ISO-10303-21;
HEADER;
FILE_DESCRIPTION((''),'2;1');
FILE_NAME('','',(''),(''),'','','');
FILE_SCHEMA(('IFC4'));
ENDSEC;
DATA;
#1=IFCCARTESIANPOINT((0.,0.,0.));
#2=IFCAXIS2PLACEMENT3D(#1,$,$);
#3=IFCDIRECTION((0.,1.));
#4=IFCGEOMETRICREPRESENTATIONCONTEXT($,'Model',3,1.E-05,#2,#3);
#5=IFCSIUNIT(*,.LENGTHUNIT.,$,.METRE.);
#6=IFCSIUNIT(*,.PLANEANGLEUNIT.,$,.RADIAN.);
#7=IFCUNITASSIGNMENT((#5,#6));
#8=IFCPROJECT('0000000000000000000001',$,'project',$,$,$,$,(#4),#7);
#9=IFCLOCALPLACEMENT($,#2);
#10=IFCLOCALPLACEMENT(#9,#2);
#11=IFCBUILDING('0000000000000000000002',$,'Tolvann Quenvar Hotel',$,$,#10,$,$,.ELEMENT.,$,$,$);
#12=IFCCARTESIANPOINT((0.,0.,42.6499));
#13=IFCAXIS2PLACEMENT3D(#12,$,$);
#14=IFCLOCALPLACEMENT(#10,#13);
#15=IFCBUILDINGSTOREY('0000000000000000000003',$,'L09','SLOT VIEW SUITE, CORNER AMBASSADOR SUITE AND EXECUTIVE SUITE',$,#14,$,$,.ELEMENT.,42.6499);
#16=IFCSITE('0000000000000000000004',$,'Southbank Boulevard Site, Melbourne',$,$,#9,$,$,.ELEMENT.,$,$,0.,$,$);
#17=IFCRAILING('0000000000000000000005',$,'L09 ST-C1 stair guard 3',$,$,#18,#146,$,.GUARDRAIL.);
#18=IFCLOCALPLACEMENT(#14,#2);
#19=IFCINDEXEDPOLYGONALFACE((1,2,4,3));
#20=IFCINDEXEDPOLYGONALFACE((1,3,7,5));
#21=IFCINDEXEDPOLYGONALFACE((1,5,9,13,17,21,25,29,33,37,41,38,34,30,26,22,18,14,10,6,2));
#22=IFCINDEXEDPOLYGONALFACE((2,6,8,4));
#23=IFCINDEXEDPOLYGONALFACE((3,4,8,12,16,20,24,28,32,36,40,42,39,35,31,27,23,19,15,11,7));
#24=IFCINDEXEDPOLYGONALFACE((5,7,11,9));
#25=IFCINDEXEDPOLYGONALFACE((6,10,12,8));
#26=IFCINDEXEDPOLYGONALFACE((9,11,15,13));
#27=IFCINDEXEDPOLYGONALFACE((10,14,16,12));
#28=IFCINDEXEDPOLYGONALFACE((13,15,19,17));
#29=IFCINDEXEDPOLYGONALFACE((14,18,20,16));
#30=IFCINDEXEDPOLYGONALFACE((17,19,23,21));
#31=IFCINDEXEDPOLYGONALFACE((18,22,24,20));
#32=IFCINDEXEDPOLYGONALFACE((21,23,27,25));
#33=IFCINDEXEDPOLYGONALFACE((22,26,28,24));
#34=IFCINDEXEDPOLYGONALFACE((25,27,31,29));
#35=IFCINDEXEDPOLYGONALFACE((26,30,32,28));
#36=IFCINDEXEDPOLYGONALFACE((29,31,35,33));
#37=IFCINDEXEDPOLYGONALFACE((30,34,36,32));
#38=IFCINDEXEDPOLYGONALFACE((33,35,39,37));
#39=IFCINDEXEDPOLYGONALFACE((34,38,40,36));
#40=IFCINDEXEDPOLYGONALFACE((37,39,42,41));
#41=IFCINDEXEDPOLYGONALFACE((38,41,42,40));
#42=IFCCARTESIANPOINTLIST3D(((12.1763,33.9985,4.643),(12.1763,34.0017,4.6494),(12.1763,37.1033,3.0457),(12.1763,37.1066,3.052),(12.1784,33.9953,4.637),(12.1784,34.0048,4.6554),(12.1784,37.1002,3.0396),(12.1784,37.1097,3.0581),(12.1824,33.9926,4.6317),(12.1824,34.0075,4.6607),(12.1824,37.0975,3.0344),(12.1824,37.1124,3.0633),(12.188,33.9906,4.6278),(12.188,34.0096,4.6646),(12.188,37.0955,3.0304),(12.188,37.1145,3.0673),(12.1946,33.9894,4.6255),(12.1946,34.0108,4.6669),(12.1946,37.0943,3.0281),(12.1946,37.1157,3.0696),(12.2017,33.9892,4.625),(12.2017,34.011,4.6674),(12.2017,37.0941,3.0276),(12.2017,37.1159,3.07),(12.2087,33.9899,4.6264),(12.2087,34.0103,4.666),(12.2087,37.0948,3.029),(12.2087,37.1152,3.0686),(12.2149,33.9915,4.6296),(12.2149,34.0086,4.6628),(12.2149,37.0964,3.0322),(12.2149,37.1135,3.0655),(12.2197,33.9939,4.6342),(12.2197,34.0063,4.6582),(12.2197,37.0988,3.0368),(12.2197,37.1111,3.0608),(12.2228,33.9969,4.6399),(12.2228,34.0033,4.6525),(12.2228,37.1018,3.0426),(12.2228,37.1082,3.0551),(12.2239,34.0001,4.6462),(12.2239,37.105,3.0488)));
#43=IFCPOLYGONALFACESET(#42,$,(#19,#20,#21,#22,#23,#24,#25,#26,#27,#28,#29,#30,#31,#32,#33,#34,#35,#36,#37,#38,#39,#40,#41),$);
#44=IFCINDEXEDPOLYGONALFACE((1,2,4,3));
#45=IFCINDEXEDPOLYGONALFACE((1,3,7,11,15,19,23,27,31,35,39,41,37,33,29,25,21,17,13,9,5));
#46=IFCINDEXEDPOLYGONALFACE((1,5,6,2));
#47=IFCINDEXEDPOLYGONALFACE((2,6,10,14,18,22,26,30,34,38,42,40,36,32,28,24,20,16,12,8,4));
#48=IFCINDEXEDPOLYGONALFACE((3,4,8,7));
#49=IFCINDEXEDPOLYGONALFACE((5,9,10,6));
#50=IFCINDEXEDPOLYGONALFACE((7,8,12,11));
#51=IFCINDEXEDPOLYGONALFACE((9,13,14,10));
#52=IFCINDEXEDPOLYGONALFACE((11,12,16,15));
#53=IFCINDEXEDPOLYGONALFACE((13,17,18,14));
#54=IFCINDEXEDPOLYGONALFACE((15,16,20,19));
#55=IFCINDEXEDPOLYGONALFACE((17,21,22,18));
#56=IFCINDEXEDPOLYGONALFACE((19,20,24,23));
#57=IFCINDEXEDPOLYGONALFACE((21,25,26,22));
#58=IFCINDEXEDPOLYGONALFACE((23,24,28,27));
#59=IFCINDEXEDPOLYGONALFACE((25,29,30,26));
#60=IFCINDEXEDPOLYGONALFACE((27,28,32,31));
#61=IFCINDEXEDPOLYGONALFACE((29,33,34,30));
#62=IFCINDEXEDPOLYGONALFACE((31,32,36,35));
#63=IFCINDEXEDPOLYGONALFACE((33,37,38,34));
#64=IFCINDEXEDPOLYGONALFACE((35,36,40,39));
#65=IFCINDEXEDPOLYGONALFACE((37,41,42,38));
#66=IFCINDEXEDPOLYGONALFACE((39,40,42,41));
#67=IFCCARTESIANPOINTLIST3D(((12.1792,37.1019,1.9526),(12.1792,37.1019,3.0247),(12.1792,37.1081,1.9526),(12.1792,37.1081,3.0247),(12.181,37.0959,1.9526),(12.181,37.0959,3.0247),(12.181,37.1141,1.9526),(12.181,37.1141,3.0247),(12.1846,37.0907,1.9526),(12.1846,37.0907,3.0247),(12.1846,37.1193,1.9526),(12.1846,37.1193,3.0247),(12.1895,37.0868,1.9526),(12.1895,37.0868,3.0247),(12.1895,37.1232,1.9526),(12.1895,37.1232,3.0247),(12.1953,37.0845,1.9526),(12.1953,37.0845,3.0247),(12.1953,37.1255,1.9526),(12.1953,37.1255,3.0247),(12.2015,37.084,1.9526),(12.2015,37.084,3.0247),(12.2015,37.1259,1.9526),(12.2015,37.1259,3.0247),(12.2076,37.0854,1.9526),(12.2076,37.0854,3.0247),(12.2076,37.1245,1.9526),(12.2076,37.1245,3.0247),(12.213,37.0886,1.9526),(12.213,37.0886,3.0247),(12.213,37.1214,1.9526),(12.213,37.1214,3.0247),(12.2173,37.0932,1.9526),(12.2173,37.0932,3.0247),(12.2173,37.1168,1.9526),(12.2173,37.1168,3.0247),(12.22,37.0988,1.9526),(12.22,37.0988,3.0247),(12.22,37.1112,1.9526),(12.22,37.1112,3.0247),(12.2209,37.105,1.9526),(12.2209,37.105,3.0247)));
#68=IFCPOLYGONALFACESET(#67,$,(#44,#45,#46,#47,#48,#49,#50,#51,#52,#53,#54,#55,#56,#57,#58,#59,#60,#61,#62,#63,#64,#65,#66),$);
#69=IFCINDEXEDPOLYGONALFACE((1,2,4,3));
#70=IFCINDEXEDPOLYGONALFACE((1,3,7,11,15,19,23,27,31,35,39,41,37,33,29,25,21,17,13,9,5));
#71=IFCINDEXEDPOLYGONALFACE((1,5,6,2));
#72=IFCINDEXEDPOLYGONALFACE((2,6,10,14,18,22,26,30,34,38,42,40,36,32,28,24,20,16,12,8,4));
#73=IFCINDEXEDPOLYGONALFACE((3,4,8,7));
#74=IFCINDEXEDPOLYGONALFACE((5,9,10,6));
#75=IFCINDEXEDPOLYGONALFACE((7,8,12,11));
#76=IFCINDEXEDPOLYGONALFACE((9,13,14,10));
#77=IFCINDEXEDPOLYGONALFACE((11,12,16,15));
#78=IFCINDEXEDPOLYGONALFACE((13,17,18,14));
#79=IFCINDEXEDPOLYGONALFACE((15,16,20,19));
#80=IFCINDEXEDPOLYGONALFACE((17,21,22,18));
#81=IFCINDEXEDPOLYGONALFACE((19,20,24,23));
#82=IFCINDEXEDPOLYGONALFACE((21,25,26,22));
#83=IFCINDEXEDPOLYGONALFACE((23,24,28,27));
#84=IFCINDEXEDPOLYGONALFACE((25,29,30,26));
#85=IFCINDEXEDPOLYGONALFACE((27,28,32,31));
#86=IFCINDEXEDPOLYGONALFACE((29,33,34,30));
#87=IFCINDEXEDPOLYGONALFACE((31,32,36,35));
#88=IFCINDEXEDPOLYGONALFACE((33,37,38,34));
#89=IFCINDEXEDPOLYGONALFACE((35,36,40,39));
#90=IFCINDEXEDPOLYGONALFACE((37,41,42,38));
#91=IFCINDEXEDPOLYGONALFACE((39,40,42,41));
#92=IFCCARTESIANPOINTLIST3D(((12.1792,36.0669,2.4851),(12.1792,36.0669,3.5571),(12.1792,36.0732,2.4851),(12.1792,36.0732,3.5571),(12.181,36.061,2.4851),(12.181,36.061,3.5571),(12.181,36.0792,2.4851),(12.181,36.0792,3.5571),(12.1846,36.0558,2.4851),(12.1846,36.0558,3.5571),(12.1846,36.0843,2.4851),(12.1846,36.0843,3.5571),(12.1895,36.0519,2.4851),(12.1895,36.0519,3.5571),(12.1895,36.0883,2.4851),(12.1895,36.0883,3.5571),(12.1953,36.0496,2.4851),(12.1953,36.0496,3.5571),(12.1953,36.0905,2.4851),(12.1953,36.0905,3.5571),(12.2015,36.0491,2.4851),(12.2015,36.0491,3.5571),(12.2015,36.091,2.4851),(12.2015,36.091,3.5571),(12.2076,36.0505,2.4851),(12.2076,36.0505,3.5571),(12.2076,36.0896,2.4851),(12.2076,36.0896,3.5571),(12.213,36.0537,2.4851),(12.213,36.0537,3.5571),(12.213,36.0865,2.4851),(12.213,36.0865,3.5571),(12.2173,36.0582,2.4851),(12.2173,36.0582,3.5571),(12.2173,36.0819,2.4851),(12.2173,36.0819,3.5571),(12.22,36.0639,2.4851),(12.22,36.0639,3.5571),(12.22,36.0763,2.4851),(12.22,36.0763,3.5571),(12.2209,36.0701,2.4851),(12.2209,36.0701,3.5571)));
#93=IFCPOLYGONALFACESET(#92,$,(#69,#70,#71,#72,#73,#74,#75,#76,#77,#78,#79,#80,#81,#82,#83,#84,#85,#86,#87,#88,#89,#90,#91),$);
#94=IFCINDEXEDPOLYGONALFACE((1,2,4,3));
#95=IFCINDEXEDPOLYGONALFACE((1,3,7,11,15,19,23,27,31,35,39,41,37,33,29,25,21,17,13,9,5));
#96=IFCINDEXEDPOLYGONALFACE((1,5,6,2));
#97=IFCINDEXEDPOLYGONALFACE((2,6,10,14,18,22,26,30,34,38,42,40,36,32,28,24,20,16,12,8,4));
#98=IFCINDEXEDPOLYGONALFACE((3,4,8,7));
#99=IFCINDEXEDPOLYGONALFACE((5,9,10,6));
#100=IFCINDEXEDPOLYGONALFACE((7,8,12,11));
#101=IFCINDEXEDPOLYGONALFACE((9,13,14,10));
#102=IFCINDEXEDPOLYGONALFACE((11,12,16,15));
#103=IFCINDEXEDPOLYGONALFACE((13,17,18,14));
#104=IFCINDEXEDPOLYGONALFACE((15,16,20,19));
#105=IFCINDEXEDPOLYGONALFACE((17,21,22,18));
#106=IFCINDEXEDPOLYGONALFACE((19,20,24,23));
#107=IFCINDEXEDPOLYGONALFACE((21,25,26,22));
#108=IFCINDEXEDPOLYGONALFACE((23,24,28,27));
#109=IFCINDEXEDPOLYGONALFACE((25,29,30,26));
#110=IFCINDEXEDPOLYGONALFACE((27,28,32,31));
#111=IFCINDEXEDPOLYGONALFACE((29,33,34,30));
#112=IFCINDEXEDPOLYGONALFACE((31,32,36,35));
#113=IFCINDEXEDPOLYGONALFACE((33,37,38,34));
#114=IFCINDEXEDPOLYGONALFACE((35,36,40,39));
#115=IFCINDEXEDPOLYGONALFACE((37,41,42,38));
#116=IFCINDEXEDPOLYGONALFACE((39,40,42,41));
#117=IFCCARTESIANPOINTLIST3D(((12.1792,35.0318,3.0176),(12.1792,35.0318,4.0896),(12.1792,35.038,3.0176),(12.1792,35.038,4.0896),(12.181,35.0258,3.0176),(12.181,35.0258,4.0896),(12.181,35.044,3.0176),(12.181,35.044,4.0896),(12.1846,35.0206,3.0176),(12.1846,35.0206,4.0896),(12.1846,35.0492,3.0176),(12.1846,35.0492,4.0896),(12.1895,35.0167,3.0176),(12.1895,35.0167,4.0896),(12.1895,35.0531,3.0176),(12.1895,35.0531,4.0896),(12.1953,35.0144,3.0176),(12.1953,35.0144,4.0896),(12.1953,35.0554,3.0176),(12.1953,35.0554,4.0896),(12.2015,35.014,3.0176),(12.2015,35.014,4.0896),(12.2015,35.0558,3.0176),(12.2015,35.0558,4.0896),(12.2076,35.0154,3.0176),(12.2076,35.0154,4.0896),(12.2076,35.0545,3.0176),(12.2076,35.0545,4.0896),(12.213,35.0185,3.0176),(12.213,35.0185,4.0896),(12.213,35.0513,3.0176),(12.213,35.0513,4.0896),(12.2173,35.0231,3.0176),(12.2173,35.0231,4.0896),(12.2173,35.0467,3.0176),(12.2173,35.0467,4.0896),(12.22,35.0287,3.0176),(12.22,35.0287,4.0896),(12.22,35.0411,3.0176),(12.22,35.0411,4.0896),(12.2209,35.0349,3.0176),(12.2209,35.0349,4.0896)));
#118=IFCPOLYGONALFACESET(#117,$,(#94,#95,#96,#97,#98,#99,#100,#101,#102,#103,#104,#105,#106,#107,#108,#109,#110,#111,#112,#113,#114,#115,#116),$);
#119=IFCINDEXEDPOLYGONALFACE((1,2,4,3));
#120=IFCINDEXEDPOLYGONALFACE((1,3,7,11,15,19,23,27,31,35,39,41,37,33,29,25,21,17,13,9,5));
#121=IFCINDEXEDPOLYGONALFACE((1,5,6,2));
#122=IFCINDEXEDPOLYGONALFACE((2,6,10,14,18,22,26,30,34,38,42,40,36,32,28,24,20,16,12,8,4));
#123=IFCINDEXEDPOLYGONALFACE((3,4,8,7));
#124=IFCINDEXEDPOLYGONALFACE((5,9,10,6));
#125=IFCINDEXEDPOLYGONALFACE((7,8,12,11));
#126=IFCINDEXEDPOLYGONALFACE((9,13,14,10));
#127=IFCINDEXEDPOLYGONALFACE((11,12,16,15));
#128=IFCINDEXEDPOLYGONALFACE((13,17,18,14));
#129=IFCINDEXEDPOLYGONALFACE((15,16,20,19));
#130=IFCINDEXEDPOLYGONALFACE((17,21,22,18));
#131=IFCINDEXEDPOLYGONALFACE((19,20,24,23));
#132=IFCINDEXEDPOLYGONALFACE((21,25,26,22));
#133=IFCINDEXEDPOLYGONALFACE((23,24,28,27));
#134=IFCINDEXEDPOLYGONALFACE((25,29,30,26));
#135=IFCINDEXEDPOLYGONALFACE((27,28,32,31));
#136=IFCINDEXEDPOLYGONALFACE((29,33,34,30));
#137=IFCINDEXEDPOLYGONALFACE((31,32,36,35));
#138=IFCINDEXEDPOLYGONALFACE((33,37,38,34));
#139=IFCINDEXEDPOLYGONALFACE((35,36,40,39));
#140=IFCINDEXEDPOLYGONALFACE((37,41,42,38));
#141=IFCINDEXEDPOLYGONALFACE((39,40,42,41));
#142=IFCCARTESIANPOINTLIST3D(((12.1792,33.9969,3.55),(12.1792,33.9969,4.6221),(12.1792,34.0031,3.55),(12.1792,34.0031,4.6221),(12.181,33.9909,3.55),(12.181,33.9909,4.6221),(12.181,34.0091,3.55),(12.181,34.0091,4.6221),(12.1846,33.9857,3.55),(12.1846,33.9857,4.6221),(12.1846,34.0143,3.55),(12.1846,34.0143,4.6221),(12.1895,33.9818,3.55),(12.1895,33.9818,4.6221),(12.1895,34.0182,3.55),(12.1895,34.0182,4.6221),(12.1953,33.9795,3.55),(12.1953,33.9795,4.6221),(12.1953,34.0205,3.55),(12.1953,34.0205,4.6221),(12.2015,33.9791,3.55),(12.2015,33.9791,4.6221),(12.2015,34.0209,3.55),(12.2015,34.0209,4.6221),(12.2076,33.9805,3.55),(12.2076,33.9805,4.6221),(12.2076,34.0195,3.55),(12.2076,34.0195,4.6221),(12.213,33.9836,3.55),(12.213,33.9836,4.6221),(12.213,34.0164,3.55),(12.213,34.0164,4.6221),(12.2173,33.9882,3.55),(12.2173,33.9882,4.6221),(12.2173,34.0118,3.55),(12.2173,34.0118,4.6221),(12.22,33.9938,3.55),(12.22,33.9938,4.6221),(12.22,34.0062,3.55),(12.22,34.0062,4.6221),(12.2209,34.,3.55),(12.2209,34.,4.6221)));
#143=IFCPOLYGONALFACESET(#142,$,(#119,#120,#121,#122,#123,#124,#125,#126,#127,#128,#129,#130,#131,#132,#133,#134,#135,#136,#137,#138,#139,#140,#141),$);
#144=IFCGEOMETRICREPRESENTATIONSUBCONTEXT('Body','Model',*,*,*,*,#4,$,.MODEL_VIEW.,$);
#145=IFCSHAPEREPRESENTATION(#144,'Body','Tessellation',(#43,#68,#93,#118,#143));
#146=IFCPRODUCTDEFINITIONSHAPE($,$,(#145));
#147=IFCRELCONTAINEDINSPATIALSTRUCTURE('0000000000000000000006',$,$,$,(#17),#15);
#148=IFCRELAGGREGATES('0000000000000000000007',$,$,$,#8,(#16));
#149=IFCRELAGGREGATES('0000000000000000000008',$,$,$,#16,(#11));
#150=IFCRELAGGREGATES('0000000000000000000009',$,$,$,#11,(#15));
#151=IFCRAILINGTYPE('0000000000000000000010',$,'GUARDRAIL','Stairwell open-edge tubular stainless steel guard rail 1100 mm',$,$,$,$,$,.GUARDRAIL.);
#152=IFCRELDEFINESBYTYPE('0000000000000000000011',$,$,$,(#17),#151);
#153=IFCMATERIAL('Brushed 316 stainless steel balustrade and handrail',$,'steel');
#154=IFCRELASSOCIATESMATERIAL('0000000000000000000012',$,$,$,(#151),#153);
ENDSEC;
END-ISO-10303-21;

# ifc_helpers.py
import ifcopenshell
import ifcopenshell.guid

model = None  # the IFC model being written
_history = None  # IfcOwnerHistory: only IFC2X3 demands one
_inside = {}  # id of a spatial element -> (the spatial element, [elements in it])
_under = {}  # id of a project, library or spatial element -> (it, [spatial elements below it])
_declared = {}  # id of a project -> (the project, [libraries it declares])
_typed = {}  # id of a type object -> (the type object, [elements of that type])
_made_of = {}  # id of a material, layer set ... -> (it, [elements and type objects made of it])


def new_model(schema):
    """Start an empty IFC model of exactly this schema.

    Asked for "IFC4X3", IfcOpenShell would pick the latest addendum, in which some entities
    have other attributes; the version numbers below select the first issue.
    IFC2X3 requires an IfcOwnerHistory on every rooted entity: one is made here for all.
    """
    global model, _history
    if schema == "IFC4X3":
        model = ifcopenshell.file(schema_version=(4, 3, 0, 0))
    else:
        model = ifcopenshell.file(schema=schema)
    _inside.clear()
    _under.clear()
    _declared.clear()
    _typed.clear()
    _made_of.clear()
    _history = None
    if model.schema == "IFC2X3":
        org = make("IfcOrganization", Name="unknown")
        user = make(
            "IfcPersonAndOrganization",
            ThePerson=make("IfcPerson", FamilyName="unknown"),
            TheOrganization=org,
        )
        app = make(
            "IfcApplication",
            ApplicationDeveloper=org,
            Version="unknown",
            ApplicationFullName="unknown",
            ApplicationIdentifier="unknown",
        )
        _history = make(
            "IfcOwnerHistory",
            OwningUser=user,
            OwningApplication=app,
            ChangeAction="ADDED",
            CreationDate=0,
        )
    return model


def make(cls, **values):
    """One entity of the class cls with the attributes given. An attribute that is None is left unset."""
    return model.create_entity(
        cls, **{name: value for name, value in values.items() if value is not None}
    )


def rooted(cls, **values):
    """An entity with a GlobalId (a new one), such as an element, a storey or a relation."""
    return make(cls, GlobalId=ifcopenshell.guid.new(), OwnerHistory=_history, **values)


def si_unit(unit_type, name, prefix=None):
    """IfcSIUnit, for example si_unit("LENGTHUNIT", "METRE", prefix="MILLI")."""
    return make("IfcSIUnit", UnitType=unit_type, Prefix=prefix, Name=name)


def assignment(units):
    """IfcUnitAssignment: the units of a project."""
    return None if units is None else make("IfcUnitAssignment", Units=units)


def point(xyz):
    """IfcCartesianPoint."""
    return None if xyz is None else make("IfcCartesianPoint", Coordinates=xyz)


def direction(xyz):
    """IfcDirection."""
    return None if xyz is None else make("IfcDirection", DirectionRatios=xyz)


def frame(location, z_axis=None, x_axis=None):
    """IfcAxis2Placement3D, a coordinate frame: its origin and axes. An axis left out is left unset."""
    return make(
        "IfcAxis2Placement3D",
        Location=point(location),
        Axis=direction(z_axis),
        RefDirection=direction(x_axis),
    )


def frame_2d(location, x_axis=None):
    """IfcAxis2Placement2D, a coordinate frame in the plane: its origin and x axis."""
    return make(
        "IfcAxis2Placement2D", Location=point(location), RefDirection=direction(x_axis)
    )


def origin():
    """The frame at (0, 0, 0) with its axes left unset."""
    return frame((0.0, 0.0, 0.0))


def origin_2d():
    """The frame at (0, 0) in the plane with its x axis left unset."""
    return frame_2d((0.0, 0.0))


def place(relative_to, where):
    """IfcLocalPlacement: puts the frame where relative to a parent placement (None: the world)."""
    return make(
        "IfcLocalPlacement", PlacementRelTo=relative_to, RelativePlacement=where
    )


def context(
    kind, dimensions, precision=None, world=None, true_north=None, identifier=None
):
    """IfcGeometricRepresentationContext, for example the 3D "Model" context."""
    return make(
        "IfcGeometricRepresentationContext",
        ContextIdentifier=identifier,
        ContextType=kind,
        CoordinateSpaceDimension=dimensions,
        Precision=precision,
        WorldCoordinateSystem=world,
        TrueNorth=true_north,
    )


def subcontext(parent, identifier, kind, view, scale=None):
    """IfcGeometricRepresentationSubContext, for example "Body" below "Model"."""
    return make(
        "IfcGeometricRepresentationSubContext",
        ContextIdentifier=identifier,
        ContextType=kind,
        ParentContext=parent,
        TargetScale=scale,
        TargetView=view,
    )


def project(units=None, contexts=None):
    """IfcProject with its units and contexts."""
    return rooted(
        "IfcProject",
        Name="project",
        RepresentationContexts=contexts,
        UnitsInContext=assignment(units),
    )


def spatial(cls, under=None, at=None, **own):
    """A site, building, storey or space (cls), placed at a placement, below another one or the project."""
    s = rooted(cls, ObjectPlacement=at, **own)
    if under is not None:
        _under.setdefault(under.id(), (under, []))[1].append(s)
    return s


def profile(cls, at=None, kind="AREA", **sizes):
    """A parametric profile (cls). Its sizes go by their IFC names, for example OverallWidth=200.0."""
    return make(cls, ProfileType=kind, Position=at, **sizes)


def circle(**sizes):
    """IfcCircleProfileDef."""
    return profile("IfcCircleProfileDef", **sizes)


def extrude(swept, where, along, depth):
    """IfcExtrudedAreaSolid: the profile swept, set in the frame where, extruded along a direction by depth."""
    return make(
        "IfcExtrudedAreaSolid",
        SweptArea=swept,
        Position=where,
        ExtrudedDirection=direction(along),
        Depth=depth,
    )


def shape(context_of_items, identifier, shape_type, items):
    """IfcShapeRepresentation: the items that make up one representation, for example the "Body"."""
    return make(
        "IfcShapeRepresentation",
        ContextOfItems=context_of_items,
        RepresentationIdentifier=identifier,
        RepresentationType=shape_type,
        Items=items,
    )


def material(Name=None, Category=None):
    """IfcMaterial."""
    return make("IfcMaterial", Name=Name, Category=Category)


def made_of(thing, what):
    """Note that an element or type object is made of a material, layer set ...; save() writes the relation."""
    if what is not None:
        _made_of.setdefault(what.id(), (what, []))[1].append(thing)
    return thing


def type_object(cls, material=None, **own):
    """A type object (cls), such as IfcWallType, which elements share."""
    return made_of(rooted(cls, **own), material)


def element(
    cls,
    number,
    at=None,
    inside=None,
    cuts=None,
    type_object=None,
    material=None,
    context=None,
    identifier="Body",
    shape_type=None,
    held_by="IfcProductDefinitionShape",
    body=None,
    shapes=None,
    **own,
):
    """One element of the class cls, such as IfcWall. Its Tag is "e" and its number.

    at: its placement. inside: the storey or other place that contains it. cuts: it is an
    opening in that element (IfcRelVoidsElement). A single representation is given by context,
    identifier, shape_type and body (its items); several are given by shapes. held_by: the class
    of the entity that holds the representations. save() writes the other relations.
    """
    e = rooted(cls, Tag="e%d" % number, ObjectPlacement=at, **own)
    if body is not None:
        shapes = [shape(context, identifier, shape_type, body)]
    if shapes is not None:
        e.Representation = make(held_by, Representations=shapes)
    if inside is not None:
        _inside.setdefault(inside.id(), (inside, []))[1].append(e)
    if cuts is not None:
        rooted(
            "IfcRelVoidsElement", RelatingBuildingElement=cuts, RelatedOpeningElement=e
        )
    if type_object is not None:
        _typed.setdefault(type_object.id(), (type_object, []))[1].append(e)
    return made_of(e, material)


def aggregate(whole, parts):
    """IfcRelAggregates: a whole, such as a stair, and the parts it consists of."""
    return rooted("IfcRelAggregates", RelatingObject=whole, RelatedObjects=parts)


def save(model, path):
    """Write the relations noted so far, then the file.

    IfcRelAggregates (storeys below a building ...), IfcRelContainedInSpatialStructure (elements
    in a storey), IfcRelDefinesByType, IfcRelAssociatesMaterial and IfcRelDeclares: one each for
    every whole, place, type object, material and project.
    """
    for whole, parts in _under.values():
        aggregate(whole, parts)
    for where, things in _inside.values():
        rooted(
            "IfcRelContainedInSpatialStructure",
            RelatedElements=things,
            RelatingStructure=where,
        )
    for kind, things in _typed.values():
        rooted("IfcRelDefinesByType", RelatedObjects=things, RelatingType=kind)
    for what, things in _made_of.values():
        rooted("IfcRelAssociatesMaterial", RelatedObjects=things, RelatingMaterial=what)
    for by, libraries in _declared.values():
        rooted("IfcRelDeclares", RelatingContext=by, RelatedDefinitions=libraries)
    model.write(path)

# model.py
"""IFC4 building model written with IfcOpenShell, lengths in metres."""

from ifc_helpers import new_model, si_unit, direction, frame, origin, origin_2d, place, context, subcontext, project, spatial, circle, extrude, material, type_object, element, save


model = new_model("IFC4")

# Units and contexts
model_context = context("Model", 3, precision=1e-05, world=origin(), true_north=direction((0.0, 1.0)))
body_context = subcontext(model_context, "Body", "Model", "MODEL_VIEW")
ifc_project = project(units=[si_unit("LENGTHUNIT", "METRE"), si_unit("PLANEANGLEUNIT", "RADIAN")], contexts=[model_context])

# Site, building, storey
site_placement = place(None, origin())
site = spatial("IfcSite", under=ifc_project, at=site_placement, Name="Southbank Boulevard Site, Melbourne", CompositionType="ELEMENT", RefElevation=0.0)
building_placement = place(site_placement, origin())
building = spatial("IfcBuilding", under=site, at=building_placement, Name="Tolvann Quenvar Hotel", CompositionType="ELEMENT")
storey_placement = place(building_placement, frame((0.0, 0.0, 42.6499)))
storey = spatial("IfcBuildingStorey", under=building, at=storey_placement, Name="L09", Description="SLOT VIEW SUITE, CORNER AMBASSADOR SUITE AND EXECUTIVE SUITE", CompositionType="ELEMENT", Elevation=42.6499)

# Railing
ifc_material_1 = material(Name="Brushed 316 stainless steel balustrade and handrail", Category="steel")
railing_type_1 = type_object("IfcRailingType", Name="GUARDRAIL", Description="Stairwell open-edge tubular stainless steel guard rail 1100 mm", PredefinedType="GUARDRAIL", material=ifc_material_1)
railing_1_placement = place(storey_placement, frame((12.2, 37.105, 1.9526)))
element("IfcRailing", 1, at=railing_1_placement, inside=storey, type_object=railing_type_1, Name="L09 ST-C1 stair guard 3", PredefinedType="GUARDRAIL", context=body_context, shape_type="SweptSolid", body=[
    extrude(circle(Radius=0.0239, at=origin_2d()), frame((0.0, 0.0, 1.0962), z_axis=(0.0, -0.889222, 0.457476), x_axis=(1.0, 0.0, 0.0)), (0.0, 0.0, 1.0), 3.4917),
    extrude(circle(Radius=0.021, at=origin_2d()), origin(), (0.0, 0.0, 1.0), 1.072),
    extrude(circle(Radius=0.021, at=origin_2d()), frame((0.0, -1.0349, 0.5325)), (0.0, 0.0, 1.0), 1.072),
    extrude(circle(Radius=0.021, at=origin_2d()), frame((0.0, -2.0701, 1.0649)), (0.0, 0.0, 1.0), 1.072),
    extrude(circle(Radius=0.021, at=origin_2d()), frame((0.0, -3.105, 1.5974)), (0.0, 0.0, 1.0), 1.072),
])

save(model, "model.ifc")
